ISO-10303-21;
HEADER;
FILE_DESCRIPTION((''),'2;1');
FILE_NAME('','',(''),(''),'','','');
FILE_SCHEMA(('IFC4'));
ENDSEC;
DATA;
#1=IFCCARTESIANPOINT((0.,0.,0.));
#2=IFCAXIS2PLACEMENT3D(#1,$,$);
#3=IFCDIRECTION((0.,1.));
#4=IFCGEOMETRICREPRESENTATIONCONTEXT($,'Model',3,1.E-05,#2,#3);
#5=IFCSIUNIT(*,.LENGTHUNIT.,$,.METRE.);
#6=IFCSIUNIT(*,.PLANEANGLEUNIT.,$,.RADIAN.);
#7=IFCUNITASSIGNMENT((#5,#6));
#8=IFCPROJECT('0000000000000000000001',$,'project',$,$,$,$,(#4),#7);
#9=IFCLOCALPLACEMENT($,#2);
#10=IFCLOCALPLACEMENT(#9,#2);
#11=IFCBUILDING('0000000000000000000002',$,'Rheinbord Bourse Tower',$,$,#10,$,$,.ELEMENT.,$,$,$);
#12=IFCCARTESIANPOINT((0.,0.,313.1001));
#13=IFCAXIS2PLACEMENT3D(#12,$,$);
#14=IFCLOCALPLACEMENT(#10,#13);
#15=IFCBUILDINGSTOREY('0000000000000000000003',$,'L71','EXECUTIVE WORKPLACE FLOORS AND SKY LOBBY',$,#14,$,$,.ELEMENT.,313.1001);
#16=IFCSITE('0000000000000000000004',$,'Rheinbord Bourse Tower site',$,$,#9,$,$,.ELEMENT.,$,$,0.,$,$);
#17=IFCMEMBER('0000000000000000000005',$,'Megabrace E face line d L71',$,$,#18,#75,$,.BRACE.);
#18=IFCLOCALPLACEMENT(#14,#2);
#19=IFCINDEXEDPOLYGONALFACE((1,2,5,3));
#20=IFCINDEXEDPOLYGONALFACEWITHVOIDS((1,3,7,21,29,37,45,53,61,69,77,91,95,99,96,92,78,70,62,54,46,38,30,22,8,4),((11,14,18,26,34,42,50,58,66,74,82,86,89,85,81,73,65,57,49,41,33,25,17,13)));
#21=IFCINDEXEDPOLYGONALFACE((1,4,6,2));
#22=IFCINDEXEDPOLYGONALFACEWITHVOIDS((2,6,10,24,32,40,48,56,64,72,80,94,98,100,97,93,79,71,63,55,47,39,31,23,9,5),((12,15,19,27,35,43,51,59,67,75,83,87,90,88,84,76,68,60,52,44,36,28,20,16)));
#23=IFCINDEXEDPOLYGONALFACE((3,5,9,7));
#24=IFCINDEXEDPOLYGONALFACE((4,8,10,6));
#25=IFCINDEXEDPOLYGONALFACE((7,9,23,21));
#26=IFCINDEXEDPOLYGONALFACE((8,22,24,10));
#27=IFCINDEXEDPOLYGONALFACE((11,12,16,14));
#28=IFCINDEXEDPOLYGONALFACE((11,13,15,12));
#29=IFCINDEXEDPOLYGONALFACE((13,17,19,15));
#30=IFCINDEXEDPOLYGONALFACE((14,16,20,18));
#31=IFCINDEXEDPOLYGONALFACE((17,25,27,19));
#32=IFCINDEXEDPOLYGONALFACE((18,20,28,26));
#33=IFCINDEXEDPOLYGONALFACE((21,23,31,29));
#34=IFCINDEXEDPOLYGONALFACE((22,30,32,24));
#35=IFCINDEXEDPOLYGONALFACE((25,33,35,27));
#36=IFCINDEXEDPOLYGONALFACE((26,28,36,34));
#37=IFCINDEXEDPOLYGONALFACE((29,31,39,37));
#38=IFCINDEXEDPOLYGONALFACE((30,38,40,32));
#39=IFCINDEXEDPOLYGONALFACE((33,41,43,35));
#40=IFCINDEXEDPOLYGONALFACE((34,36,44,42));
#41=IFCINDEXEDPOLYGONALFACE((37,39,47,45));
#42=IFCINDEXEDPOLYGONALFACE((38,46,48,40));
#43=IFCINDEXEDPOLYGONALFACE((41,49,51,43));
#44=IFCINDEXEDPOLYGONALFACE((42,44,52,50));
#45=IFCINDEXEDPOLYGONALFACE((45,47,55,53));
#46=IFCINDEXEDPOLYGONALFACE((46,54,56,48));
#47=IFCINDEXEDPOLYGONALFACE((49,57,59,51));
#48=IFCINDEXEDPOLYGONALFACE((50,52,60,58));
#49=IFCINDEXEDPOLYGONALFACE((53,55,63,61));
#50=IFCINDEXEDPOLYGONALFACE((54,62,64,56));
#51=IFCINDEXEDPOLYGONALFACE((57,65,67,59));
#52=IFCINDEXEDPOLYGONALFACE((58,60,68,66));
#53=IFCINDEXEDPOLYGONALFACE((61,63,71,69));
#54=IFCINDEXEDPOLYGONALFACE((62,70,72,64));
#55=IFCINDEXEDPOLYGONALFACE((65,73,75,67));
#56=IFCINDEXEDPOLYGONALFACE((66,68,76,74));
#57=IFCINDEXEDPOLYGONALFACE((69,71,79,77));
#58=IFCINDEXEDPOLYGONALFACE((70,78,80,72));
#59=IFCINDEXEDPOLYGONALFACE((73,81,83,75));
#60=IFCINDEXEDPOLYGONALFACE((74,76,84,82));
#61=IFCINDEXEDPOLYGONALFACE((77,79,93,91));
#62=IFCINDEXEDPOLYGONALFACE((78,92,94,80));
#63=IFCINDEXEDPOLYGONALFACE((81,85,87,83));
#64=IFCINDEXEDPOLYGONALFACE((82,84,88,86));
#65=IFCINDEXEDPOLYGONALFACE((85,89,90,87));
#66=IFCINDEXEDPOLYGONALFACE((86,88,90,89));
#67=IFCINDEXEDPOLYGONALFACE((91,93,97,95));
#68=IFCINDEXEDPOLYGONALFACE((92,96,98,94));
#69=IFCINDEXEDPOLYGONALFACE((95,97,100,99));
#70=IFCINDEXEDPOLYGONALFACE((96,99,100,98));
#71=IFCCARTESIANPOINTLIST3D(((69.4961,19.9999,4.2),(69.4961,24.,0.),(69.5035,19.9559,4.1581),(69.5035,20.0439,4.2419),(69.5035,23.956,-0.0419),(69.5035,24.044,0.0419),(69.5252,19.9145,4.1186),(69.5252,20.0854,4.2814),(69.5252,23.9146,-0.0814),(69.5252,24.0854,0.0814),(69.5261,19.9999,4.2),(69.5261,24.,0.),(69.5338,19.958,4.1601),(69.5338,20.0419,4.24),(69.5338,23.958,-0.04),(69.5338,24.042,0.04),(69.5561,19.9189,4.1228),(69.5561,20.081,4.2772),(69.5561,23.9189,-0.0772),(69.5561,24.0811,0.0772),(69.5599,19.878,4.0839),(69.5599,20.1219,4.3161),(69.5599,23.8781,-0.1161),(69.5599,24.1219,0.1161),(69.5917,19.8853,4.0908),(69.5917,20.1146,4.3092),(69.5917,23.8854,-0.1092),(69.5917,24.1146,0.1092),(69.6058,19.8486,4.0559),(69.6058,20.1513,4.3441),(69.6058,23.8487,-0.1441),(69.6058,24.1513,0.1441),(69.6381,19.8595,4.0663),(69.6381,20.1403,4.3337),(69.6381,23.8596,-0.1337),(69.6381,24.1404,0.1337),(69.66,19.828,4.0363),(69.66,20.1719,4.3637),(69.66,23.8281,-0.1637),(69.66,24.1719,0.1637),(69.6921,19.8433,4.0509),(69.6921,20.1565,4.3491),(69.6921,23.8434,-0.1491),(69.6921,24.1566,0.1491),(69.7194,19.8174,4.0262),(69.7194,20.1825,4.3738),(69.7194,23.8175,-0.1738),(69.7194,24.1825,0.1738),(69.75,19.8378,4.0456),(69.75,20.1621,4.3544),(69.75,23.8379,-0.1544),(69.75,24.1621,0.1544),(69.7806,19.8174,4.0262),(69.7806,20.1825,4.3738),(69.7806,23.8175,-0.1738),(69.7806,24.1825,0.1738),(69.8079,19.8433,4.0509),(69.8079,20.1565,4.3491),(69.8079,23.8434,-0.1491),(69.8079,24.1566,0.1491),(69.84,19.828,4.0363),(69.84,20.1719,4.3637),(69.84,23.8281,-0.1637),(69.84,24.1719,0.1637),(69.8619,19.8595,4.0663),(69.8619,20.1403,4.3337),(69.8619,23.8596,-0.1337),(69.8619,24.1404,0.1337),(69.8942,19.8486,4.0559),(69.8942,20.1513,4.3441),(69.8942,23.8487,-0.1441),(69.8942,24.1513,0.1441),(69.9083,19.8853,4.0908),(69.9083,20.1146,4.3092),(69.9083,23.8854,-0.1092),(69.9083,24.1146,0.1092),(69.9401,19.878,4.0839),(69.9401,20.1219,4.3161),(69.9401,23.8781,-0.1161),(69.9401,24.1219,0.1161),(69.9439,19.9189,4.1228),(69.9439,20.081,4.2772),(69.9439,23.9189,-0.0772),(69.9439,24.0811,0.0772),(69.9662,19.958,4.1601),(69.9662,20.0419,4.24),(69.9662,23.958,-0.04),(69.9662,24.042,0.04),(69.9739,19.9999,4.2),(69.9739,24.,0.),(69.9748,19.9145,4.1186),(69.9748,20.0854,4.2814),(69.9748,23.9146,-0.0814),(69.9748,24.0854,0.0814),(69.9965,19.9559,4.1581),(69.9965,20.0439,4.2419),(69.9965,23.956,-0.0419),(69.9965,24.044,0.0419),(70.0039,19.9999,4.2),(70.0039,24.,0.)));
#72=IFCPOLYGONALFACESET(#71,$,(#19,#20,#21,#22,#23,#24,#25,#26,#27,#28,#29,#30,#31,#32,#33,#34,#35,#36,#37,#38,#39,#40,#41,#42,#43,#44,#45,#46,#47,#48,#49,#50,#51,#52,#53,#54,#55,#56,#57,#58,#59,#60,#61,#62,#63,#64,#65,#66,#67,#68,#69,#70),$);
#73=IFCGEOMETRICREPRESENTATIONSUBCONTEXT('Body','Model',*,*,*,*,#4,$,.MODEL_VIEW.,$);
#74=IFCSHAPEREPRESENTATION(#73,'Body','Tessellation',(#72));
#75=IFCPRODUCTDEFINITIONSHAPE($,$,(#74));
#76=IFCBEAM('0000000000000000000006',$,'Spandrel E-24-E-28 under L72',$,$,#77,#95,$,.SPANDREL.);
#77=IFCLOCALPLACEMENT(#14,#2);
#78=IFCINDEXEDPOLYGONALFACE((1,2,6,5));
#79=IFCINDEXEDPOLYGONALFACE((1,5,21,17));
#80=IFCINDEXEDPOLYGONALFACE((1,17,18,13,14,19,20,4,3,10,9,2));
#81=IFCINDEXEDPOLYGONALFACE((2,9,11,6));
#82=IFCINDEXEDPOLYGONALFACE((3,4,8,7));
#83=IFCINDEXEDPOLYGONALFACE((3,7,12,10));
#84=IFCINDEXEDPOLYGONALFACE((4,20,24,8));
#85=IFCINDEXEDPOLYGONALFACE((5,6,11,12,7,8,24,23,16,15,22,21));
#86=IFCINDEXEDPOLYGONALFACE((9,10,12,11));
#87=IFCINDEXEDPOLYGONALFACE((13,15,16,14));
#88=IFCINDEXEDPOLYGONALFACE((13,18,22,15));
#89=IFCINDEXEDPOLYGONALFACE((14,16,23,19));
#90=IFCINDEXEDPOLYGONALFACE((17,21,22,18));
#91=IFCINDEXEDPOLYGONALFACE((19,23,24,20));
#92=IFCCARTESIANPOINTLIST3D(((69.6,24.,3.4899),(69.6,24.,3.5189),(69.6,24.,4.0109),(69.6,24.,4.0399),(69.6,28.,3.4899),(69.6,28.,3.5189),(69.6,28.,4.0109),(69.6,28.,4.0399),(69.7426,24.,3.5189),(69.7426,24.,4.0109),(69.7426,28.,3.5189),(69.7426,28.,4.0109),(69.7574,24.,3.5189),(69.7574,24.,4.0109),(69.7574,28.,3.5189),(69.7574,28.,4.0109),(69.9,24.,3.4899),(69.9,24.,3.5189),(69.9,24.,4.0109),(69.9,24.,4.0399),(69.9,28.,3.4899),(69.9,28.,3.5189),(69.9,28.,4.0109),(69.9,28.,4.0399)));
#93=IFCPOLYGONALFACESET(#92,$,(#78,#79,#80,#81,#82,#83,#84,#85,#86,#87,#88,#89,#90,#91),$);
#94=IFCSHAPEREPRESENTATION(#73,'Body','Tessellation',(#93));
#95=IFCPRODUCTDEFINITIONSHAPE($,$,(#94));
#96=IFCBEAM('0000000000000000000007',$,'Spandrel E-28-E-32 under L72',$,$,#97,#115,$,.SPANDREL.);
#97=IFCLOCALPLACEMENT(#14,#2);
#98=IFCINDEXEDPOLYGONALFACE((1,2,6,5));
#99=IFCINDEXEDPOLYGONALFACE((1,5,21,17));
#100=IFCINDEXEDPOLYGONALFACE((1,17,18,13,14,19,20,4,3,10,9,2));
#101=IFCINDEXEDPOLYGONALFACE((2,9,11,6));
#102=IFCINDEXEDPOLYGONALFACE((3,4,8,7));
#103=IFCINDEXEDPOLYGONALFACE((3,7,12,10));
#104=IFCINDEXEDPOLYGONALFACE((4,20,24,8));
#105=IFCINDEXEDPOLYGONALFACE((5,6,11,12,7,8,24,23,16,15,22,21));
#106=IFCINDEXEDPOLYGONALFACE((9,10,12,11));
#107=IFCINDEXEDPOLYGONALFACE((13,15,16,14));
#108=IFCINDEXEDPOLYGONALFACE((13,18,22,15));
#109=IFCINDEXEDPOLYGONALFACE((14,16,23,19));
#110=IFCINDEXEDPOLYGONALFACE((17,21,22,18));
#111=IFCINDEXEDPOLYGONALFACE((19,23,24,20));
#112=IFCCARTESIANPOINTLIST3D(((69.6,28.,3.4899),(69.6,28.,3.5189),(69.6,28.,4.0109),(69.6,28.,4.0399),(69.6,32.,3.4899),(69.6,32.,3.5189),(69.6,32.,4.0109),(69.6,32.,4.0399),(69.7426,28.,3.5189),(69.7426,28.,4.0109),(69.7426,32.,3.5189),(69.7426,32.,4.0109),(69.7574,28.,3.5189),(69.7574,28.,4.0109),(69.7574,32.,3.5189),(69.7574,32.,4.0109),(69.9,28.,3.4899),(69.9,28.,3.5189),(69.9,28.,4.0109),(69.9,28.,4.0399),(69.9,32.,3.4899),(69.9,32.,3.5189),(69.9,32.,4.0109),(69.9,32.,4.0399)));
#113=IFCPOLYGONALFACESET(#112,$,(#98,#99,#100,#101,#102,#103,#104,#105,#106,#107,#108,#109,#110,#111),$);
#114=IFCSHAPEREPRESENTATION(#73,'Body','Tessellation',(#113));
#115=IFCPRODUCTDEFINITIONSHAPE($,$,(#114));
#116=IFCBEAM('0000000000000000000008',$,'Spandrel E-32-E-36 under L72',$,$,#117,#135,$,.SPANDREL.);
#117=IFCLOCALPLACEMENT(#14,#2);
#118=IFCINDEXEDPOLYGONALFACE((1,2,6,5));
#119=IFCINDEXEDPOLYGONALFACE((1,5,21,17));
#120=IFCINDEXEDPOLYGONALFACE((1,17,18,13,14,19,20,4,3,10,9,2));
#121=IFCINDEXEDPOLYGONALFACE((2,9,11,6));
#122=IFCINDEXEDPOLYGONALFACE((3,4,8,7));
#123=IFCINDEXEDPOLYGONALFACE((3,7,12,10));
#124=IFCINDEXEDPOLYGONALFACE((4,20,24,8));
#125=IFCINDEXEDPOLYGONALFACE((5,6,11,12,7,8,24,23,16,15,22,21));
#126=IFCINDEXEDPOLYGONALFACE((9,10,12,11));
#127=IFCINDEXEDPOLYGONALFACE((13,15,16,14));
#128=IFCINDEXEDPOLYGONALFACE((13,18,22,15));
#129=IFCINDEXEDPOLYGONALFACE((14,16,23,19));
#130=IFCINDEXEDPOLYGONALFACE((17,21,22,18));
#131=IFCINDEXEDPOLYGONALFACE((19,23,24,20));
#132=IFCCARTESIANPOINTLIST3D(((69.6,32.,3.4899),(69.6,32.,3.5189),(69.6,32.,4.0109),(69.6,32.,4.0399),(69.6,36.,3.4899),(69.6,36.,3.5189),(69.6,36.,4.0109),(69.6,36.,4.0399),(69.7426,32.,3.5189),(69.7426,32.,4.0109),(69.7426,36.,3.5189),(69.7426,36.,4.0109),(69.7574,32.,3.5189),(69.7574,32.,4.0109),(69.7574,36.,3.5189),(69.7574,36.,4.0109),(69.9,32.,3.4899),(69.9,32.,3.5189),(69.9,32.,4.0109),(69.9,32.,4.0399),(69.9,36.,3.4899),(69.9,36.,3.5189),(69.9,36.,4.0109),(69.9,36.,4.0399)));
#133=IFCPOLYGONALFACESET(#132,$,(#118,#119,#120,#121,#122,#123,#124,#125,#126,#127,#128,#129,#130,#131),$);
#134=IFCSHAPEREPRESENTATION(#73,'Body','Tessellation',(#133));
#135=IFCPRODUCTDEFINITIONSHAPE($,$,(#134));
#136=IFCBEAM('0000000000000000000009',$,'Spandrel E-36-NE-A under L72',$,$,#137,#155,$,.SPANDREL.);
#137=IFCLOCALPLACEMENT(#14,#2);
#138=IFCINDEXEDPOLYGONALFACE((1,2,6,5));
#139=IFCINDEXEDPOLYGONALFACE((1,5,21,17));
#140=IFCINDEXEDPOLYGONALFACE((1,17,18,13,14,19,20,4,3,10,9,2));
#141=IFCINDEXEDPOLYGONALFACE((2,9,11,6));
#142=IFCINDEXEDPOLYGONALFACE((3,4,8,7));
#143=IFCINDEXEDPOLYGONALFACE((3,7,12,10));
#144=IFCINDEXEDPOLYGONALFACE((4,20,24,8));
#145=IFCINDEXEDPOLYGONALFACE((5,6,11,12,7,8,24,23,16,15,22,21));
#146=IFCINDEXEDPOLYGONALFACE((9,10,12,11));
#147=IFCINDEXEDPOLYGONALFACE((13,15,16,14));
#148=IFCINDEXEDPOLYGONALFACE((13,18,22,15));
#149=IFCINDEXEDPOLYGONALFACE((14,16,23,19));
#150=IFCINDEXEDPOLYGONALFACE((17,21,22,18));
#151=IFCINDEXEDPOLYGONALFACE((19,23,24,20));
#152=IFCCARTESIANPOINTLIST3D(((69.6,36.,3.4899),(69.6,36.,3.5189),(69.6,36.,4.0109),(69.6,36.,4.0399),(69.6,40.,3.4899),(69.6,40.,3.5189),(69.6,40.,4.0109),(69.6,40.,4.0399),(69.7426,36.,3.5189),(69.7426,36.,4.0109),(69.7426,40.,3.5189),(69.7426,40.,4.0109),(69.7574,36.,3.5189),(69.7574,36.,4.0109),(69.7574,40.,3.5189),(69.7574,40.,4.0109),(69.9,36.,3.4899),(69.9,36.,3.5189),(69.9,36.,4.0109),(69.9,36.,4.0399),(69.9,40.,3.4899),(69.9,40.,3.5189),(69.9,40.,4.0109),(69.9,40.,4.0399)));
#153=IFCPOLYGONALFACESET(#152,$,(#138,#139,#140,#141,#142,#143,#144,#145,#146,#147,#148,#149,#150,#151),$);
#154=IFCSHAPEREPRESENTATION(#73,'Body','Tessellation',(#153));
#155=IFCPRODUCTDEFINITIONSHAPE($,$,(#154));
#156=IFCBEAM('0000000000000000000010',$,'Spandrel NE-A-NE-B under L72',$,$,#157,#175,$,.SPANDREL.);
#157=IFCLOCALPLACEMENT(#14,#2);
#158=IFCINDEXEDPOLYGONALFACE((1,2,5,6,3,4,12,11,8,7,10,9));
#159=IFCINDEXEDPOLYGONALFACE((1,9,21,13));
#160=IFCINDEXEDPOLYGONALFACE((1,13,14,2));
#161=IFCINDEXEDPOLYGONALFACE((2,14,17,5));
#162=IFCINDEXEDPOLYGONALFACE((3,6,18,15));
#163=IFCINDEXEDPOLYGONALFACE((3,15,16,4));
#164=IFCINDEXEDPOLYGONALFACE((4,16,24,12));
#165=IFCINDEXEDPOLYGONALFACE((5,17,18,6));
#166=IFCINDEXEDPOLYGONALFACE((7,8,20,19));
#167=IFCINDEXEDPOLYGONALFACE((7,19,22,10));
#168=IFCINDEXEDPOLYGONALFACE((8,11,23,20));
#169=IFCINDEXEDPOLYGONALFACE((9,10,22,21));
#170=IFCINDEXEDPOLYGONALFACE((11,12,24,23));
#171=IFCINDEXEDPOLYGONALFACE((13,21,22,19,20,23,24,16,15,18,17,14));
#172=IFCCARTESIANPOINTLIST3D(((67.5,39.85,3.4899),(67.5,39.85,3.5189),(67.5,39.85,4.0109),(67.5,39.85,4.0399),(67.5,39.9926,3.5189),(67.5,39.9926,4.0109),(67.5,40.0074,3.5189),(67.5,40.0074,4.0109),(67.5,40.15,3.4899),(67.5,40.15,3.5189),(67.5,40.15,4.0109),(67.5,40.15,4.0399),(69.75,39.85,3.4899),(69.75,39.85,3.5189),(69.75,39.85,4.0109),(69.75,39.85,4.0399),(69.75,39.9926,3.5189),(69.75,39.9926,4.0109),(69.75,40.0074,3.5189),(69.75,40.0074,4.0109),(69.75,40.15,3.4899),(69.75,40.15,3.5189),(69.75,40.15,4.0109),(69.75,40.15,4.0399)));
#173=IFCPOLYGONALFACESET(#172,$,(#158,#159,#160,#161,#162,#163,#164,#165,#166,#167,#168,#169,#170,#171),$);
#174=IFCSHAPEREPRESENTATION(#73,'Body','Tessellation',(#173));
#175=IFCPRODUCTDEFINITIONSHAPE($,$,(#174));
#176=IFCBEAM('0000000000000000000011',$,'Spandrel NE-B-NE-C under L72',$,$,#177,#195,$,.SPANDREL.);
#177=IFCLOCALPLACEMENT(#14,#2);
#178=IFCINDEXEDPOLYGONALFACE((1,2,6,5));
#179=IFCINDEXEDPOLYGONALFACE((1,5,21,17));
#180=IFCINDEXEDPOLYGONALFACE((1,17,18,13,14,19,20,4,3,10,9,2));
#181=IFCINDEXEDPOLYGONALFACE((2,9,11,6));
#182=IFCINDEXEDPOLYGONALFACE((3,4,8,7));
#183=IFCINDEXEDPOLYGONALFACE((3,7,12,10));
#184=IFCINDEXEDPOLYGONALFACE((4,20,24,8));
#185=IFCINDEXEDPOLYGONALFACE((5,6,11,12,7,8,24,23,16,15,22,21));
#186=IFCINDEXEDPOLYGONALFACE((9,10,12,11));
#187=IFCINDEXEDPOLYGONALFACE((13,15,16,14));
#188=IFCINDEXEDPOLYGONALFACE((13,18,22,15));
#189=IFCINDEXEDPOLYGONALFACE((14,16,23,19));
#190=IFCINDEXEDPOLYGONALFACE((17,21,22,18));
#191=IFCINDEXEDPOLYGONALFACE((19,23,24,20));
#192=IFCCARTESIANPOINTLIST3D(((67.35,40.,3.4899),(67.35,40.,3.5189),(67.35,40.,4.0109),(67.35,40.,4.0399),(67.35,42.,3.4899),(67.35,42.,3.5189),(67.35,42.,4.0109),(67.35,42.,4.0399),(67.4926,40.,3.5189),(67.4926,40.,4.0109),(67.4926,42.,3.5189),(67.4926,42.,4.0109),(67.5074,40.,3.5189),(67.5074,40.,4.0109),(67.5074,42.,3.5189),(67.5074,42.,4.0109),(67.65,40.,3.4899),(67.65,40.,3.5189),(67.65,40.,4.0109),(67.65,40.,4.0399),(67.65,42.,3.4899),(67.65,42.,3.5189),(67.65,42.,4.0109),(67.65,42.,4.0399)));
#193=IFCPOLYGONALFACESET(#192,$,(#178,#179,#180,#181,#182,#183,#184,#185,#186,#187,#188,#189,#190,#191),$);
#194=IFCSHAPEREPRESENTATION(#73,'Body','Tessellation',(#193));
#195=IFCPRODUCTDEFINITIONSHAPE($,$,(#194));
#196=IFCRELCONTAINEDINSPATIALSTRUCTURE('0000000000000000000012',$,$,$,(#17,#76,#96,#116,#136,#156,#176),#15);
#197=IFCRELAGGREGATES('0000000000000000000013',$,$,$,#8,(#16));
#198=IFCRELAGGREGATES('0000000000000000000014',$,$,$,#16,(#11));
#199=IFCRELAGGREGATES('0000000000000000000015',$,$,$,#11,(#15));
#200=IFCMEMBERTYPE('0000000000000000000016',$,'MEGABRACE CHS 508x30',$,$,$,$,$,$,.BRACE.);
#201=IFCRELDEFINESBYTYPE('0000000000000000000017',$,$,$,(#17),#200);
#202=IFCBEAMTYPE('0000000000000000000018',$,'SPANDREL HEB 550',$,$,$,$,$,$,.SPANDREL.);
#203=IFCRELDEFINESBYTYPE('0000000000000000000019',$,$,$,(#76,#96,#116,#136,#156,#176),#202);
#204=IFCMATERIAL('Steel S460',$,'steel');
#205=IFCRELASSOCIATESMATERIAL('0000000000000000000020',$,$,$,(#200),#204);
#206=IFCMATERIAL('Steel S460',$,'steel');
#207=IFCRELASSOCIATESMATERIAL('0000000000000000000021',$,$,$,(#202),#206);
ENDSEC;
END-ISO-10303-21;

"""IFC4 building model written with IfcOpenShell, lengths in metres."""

from ifc_helpers import new_model, si_unit, direction, frame, origin, origin_2d, place, context, subcontext, project, spatial, hollow_circle, i_section, extrude, material, material_profile, profile_set, type_object, element, save


model = new_model("IFC4")

# Units and contexts
model_context = context("Model", 3, precision=1e-05, world=origin(), true_north=direction((0.0, 1.0)))
body_context = subcontext(model_context, "Body", "Model", "MODEL_VIEW")
ifc_project = project(units=[si_unit("LENGTHUNIT", "METRE"), si_unit("PLANEANGLEUNIT", "RADIAN")], contexts=[model_context])

# Site, building, storey
site_placement = place(None, origin())
site = spatial("IfcSite", under=ifc_project, at=site_placement, Name="Rheinbord Bourse Tower site", CompositionType="ELEMENT", RefElevation=0.0)
building_placement = place(site_placement, origin())
building = spatial("IfcBuilding", under=site, at=building_placement, Name="Rheinbord Bourse Tower", CompositionType="ELEMENT")
storey_placement = place(building_placement, frame((0.0, 0.0, 313.1001)))
storey = spatial("IfcBuildingStorey", under=building, at=storey_placement, Name="L71", Description="EXECUTIVE WORKPLACE FLOORS AND SKY LOBBY", CompositionType="ELEMENT", Elevation=313.1001)

# Member
ifc_material_1 = material(Name="Steel S460", Category="steel")
ifc_material_profile_1 = material_profile(ifc_material_1, hollow_circle(Radius=0.2539, WallThickness=0.03, at=origin_2d()), Name="CHS 508x30")
ifc_profile_set_1 = profile_set([ifc_material_profile_1], Name="Steel S460")
member_type_1 = type_object("IfcMemberType", Name="MEGABRACE CHS 508x30", PredefinedType="BRACE", material=ifc_profile_set_1)
member_1_placement = place(storey_placement, frame((69.75, 24.0, 0.0), z_axis=(0.0, -0.689659, 0.724134), x_axis=(1.0, 0.0, 0.0)))
element("IfcMember", 1, at=member_1_placement, inside=storey, type_object=member_type_1, Name="Megabrace E face line d L71", PredefinedType="BRACE", context=body_context, shape_type="SweptSolid", body=[
    extrude(hollow_circle(Radius=0.2539, WallThickness=0.03, at=origin_2d()), origin(), (0.0, 0.0, 1.0), 5.8),
])

# Beams
ifc_material_2 = material(Name="Steel S460", Category="steel")
ifc_material_profile_2 = material_profile(ifc_material_2, i_section(OverallWidth=0.3, OverallDepth=0.55, WebThickness=0.0149, FlangeThickness=0.0291, at=origin_2d()), Name="HEB 550")
ifc_profile_set_2 = profile_set([ifc_material_profile_2], Name="Steel S460")
beam_type_1 = type_object("IfcBeamType", Name="SPANDREL HEB 550", PredefinedType="SPANDREL", material=ifc_profile_set_2)
for number, where, z_axis, x_axis, name in (
    (2, (69.75, 24.0, 3.7649), (0.0, 1.0, 0.0), (-1.0, 0.0, 0.0), "Spandrel E-24-E-28 under L72"),
    (3, (69.75, 28.0, 3.7649), (0.0, 1.0, 0.0), (-1.0, 0.0, 0.0), "Spandrel E-28-E-32 under L72"),
    (4, (69.75, 32.0, 3.7649), (0.0, 1.0, 0.0), (-1.0, 0.0, 0.0), "Spandrel E-32-E-36 under L72"),
    (5, (69.75, 36.0, 3.7649), (0.0, 1.0, 0.0), (-1.0, 0.0, 0.0), "Spandrel E-36-NE-A under L72"),
):
    element("IfcBeam", number, at=place(storey_placement, frame(where, z_axis=z_axis, x_axis=x_axis)), inside=storey, type_object=beam_type_1, Name=name, PredefinedType="SPANDREL", context=body_context, shape_type="SweptSolid", body=[
        extrude(i_section(OverallWidth=0.3, OverallDepth=0.55, WebThickness=0.0149, FlangeThickness=0.0291, at=origin_2d()), origin(), (0.0, 0.0, 1.0), 4.0),
    ])
beam_1_placement = place(storey_placement, frame((69.75, 40.0, 3.7649), z_axis=(-1.0, 0.0, 0.0), x_axis=(0.0, -1.0, 0.0)))
element("IfcBeam", 6, at=beam_1_placement, inside=storey, type_object=beam_type_1, Name="Spandrel NE-A-NE-B under L72", PredefinedType="SPANDREL", context=body_context, shape_type="SweptSolid", body=[
    extrude(i_section(OverallWidth=0.3, OverallDepth=0.55, WebThickness=0.0149, FlangeThickness=0.0291, at=origin_2d()), origin(), (0.0, 0.0, 1.0), 2.25),
])
beam_2_placement = place(storey_placement, frame((67.5, 40.0, 3.7649), z_axis=(0.0, 1.0, 0.0), x_axis=(-1.0, 0.0, 0.0)))
element("IfcBeam", 7, at=beam_2_placement, inside=storey, type_object=beam_type_1, Name="Spandrel NE-B-NE-C under L72", PredefinedType="SPANDREL", context=body_context, shape_type="SweptSolid", body=[
    extrude(i_section(OverallWidth=0.3, OverallDepth=0.55, WebThickness=0.0149, FlangeThickness=0.0291, at=origin_2d()), origin(), (0.0, 0.0, 1.0), 2.0),
])

save(model, "model.ifc")
